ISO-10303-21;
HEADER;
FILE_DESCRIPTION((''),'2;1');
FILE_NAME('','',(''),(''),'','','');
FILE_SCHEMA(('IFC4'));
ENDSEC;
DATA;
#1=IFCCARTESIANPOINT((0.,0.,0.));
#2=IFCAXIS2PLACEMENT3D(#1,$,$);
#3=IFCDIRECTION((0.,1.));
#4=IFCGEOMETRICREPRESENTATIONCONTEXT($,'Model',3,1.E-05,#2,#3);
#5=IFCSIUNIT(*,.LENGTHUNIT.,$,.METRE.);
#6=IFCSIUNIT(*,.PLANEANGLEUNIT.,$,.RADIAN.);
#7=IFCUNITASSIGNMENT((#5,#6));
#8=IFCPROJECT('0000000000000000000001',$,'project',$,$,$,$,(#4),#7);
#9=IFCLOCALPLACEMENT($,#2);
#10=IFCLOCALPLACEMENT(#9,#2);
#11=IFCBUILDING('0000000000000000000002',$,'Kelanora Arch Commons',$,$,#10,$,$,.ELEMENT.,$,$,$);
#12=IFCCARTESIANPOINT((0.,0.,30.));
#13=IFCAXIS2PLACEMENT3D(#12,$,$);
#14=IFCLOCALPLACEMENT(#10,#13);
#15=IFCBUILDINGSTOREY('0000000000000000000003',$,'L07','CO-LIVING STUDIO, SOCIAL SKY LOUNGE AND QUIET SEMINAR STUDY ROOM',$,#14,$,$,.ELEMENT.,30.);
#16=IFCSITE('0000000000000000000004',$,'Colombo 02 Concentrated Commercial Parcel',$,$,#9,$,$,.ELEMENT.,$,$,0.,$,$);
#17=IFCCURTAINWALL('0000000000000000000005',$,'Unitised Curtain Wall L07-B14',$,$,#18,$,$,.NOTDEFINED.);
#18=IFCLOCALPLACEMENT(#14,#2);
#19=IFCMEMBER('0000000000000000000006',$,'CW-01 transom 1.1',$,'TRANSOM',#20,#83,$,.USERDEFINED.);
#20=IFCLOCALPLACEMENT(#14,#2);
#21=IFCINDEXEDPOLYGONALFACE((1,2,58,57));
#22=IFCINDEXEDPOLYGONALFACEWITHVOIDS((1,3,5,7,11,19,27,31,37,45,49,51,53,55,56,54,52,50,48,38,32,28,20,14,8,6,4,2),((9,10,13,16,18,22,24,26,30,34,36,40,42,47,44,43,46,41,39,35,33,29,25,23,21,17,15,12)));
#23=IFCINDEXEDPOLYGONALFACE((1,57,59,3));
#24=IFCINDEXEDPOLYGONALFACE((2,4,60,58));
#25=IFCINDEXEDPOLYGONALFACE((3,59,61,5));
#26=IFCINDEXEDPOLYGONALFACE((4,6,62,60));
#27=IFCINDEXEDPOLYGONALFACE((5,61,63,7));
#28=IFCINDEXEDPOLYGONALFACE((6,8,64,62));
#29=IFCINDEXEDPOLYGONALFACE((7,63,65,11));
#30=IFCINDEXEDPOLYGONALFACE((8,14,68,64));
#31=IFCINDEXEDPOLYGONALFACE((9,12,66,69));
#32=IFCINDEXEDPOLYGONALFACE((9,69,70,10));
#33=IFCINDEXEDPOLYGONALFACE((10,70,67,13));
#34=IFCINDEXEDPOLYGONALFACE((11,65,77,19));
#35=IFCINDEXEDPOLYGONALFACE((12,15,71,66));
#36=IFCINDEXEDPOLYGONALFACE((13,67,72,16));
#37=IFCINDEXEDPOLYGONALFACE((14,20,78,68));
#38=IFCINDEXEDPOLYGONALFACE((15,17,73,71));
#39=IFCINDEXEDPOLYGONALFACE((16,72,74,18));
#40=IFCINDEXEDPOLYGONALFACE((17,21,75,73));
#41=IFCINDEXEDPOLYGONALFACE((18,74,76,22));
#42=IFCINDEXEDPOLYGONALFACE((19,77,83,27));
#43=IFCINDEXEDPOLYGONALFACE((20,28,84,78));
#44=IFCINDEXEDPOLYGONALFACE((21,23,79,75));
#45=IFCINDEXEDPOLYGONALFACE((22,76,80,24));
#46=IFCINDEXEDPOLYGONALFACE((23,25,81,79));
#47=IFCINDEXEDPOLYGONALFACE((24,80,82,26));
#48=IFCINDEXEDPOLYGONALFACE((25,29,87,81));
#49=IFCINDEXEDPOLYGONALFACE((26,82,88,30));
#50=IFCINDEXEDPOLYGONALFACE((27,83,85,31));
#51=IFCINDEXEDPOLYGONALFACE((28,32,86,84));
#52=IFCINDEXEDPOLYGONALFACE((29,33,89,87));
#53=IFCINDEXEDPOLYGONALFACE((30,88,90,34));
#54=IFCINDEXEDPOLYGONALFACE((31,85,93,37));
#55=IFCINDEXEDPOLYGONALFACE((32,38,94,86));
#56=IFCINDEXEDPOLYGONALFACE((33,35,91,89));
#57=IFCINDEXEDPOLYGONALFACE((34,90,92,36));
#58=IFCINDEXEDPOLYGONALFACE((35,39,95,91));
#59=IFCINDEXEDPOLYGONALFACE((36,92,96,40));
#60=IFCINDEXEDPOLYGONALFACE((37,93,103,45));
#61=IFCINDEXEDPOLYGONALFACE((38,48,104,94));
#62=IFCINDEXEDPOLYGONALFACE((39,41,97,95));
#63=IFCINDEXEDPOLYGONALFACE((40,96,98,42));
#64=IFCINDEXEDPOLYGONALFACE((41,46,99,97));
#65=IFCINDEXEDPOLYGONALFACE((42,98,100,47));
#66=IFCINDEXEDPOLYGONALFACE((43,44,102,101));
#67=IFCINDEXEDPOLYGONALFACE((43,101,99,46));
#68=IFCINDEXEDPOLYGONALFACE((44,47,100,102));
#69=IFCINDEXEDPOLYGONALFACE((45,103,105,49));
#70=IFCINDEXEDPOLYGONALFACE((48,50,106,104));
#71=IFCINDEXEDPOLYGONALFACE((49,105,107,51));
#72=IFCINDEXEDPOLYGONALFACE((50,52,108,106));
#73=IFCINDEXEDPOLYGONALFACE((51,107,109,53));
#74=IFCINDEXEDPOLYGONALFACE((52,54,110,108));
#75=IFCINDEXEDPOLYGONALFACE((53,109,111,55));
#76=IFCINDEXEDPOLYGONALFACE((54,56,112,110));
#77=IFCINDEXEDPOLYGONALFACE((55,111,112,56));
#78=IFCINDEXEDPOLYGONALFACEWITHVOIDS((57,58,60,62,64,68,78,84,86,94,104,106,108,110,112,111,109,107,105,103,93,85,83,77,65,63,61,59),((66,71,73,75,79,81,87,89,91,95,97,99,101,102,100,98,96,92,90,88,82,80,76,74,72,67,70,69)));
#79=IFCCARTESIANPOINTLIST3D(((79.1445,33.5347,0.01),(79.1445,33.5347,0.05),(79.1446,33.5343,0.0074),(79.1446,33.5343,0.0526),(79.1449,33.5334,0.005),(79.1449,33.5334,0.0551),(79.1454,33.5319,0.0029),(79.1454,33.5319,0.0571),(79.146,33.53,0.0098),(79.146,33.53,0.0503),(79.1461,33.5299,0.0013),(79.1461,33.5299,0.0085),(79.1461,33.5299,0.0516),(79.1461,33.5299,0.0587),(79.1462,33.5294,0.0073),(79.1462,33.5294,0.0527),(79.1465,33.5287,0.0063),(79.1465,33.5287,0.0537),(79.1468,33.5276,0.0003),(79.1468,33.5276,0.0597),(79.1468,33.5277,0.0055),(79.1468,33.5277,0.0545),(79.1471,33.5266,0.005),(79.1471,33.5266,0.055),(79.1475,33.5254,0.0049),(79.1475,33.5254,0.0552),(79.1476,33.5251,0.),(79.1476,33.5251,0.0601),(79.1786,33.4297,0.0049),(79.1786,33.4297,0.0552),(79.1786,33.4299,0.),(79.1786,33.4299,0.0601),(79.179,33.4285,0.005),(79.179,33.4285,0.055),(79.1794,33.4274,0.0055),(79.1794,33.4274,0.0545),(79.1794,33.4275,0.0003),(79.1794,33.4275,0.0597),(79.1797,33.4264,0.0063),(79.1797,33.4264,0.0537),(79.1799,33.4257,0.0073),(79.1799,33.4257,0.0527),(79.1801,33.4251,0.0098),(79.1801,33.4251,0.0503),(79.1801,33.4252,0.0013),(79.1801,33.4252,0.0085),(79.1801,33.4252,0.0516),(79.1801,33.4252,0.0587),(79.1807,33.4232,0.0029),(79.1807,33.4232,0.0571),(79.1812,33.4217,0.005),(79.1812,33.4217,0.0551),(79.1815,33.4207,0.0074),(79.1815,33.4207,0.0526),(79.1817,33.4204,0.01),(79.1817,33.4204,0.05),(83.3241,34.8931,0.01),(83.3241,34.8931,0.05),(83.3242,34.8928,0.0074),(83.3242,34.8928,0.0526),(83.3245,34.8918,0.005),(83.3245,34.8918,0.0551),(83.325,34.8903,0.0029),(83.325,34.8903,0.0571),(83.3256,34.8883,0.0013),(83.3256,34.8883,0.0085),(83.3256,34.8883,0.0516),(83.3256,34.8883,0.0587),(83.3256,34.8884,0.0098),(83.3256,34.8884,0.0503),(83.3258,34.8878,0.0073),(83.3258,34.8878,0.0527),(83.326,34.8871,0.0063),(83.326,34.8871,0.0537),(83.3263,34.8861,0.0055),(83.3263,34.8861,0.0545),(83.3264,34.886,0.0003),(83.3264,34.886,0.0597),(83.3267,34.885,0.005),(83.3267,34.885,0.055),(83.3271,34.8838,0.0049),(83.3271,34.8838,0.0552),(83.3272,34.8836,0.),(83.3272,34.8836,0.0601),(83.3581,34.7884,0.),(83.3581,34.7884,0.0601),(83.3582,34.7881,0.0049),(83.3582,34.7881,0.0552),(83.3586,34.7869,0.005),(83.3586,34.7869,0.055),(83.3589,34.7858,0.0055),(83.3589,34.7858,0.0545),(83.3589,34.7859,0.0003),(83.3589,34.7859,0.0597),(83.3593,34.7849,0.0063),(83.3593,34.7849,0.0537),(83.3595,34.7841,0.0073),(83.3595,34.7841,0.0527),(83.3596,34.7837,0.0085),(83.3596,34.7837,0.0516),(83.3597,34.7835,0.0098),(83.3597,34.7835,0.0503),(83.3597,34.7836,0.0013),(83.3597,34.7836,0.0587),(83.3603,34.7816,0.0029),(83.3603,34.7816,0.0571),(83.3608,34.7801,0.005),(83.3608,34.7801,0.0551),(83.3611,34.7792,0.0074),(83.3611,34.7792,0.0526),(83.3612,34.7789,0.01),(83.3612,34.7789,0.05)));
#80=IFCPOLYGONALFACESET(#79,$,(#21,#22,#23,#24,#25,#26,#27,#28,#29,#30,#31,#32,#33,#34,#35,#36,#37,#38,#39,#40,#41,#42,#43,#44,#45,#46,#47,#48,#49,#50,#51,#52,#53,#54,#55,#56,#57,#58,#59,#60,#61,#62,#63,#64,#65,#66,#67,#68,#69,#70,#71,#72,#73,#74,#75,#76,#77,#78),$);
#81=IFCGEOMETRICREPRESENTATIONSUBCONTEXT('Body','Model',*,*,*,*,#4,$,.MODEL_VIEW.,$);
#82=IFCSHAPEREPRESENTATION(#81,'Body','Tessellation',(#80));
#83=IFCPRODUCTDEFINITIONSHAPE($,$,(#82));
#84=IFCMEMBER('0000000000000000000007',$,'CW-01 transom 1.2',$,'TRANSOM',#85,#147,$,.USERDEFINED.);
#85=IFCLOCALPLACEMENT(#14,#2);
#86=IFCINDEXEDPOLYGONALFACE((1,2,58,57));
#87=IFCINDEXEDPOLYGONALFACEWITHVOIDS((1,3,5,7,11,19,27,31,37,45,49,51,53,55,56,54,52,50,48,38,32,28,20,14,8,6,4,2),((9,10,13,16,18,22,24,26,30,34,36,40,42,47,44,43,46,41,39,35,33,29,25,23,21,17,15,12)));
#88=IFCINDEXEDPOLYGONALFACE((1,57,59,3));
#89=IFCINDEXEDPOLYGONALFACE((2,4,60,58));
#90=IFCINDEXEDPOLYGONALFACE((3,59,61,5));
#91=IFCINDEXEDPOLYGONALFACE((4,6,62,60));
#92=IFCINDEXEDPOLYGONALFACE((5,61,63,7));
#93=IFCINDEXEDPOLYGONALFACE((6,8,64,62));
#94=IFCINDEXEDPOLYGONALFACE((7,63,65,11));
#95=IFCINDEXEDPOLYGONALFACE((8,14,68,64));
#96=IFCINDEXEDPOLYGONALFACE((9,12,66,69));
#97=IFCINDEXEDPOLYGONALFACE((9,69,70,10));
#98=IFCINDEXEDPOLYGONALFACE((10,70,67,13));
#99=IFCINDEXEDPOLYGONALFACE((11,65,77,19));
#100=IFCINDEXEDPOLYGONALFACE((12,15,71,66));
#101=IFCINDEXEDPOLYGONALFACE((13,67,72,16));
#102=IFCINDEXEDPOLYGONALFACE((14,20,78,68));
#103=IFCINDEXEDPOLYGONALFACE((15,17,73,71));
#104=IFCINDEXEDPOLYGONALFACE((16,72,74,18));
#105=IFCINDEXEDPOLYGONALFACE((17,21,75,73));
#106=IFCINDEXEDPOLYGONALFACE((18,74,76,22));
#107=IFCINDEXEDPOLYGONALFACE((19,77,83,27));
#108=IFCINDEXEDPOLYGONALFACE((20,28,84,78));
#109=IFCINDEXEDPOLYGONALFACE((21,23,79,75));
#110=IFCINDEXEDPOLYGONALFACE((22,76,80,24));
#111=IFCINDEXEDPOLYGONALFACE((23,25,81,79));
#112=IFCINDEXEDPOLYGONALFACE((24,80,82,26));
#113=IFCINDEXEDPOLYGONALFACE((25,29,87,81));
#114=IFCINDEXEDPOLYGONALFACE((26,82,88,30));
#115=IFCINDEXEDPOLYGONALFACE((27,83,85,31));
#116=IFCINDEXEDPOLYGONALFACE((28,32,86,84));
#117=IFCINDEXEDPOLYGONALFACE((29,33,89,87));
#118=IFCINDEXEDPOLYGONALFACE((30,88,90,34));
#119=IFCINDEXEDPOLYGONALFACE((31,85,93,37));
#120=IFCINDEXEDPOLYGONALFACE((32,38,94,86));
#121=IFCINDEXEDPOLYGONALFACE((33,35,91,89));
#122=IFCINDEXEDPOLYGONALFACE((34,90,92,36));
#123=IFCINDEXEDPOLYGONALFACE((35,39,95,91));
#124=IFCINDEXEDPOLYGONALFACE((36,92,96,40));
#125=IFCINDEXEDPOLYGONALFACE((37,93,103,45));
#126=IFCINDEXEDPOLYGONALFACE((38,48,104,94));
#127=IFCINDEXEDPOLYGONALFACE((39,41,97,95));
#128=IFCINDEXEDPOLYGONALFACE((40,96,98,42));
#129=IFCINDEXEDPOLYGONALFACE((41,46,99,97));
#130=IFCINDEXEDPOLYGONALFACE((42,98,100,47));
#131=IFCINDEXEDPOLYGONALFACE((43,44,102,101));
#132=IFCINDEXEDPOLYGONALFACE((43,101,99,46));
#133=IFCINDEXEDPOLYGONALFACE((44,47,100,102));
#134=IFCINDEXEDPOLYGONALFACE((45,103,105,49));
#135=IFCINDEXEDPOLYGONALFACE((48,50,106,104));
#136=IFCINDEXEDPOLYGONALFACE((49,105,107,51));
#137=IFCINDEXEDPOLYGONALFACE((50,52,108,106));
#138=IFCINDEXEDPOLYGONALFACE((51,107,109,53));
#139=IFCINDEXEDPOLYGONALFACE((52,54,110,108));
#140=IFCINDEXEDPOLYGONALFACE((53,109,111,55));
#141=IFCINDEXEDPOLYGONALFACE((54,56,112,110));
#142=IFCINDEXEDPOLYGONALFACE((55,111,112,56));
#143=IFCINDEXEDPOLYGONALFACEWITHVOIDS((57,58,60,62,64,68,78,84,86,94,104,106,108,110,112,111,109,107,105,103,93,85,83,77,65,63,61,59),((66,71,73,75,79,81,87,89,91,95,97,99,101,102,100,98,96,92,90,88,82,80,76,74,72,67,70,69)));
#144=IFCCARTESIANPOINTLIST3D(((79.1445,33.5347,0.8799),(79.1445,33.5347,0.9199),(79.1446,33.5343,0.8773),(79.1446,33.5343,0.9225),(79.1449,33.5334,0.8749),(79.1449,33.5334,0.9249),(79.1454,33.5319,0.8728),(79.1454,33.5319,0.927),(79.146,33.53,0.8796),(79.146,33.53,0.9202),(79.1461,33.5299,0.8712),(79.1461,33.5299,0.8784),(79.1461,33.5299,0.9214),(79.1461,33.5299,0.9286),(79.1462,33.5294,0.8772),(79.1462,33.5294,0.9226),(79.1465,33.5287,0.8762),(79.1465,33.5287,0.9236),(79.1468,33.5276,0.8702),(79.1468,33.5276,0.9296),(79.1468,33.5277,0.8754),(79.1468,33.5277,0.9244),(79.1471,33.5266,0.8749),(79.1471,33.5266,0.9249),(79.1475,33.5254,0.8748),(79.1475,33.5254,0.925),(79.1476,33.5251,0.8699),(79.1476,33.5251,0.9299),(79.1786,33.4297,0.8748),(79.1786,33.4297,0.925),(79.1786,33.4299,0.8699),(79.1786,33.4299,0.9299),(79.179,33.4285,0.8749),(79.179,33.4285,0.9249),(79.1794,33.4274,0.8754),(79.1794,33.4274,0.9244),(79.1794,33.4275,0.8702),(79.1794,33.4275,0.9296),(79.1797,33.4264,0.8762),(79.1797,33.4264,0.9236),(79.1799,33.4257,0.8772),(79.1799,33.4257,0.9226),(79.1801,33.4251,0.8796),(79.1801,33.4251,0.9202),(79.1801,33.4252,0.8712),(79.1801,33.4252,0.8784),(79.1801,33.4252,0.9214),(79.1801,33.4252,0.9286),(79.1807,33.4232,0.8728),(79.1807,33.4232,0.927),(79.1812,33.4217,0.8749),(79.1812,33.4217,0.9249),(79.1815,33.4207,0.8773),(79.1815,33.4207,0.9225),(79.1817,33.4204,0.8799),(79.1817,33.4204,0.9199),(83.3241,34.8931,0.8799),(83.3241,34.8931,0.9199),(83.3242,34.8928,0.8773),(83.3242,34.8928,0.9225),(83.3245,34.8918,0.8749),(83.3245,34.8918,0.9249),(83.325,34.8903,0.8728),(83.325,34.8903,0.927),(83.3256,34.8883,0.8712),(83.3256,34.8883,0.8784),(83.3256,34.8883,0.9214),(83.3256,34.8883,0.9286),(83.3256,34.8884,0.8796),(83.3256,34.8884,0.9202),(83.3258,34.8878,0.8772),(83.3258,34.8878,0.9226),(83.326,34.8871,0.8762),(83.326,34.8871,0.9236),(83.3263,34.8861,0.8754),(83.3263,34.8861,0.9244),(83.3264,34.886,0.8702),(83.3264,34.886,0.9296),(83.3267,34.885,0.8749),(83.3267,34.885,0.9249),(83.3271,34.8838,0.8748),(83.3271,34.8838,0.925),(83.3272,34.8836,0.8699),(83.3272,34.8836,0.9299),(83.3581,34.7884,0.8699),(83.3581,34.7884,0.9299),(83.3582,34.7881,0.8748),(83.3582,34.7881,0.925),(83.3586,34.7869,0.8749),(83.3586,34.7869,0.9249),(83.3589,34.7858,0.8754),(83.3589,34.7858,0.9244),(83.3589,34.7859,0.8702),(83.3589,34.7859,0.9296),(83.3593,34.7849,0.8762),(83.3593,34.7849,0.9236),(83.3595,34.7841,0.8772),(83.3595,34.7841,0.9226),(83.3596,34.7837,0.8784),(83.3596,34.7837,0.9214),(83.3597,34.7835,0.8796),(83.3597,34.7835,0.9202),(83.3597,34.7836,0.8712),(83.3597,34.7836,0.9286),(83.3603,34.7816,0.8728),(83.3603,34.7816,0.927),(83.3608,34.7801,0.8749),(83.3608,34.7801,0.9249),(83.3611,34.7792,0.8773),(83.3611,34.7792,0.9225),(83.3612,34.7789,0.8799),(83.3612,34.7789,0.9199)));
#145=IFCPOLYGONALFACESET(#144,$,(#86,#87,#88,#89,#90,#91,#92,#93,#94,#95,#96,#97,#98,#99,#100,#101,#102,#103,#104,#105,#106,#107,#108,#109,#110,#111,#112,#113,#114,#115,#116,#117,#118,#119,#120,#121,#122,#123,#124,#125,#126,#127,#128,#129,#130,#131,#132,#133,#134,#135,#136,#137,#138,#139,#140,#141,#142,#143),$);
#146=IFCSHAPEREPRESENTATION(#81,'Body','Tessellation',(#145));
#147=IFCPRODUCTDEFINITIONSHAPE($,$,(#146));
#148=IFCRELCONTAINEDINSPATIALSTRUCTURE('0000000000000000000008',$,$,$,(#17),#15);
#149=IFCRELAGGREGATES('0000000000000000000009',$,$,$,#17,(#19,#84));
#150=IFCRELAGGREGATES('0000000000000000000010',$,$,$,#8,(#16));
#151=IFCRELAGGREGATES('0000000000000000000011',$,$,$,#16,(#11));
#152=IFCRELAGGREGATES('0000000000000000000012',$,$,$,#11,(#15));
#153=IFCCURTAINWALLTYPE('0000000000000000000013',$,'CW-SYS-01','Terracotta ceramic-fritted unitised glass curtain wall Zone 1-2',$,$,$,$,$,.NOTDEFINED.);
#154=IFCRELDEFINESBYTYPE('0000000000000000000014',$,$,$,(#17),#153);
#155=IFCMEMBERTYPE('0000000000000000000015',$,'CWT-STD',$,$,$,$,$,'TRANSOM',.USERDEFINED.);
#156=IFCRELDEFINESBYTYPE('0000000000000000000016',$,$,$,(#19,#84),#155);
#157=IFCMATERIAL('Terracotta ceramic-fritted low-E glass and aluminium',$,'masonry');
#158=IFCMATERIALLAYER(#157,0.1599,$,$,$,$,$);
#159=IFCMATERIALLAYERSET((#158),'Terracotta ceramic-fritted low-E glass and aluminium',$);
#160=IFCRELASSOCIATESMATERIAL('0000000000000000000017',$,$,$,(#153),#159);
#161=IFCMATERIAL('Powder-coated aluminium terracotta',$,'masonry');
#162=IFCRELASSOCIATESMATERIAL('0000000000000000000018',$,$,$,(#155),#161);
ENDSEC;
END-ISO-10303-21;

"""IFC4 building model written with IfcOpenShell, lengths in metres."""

from ifc_helpers import new_model, si_unit, direction, frame, origin, origin_2d, place, context, subcontext, project, spatial, hollow_rectangle, extrude, material, layer, layer_set, material_profile, profile_set, type_object, element, aggregate, save


model = new_model("IFC4")

# Units and contexts
model_context = context("Model", 3, precision=1e-05, world=origin(), true_north=direction((0.0, 1.0)))
body_context = subcontext(model_context, "Body", "Model", "MODEL_VIEW")
ifc_project = project(units=[si_unit("LENGTHUNIT", "METRE"), si_unit("PLANEANGLEUNIT", "RADIAN")], contexts=[model_context])

# Site, building, storey
site_placement = place(None, origin())
site = spatial("IfcSite", under=ifc_project, at=site_placement, Name="Colombo 02 Concentrated Commercial Parcel", CompositionType="ELEMENT", RefElevation=0.0)
building_placement = place(site_placement, origin())
building = spatial("IfcBuilding", under=site, at=building_placement, Name="Kelanora Arch Commons", CompositionType="ELEMENT")
storey_placement = place(building_placement, frame((0.0, 0.0, 30.0)))
storey = spatial("IfcBuildingStorey", under=building, at=storey_placement, Name="L07", Description="CO-LIVING STUDIO, SOCIAL SKY LOUNGE AND QUIET SEMINAR STUDY ROOM", CompositionType="ELEMENT", Elevation=30.0)

# Curtain wall, members
ifc_material_1 = material(Name="Terracotta ceramic-fritted low-E glass and aluminium", Category="masonry")
ifc_layer_1 = layer(ifc_material_1, 0.1599)
ifc_layer_set_1 = layer_set([ifc_layer_1], Name="Terracotta ceramic-fritted low-E glass and aluminium")
curtain_wall_type = type_object("IfcCurtainWallType", Name="CW-SYS-01", Description="Terracotta ceramic-fritted unitised glass curtain wall Zone 1-2", PredefinedType="NOTDEFINED", material=ifc_layer_set_1)
curtain_wall_placement = place(storey_placement, origin())
curtain_wall = element("IfcCurtainWall", 1, at=curtain_wall_placement, inside=storey, type_object=curtain_wall_type, Name="Unitised Curtain Wall L07-B14", PredefinedType="NOTDEFINED")
ifc_material_2 = material(Name="Powder-coated aluminium terracotta", Category="masonry")
ifc_material_profile_1 = material_profile(ifc_material_2, hollow_rectangle(XDim=0.1201, YDim=0.0601, WallThickness=0.0049, InnerFilletRadius=0.0049, OuterFilletRadius=0.01, at=origin_2d()), Name="CWT120x60")
ifc_profile_set_1 = profile_set([ifc_material_profile_1], Name="Powder-coated aluminium terracotta")
member_type_1 = type_object("IfcMemberType", Name="CWT-STD", ElementType="TRANSOM", PredefinedType="USERDEFINED", material=ifc_profile_set_1)
member_1_placement = place(storey_placement, frame((79.1631, 33.4775, 0.03), z_axis=(0.951029, 0.309102, 0.0), x_axis=(-0.309102, 0.951029, 0.0)))
member_1 = element("IfcMember", 2, at=member_1_placement, type_object=member_type_1, Name="CW-01 transom 1.1", ObjectType="TRANSOM", PredefinedType="USERDEFINED", context=body_context, shape_type="SweptSolid", body=[
    extrude(hollow_rectangle(XDim=0.1201, YDim=0.0601, WallThickness=0.0049, InnerFilletRadius=0.0049, OuterFilletRadius=0.01, at=origin_2d()), origin(), (0.0, 0.0, 1.0), 4.3948),
])
member_2_placement = place(storey_placement, frame((79.1631, 33.4775, 0.8999), z_axis=(0.951029, 0.309102, 0.0), x_axis=(-0.309102, 0.951029, 0.0)))
member_2 = element("IfcMember", 3, at=member_2_placement, type_object=member_type_1, Name="CW-01 transom 1.2", ObjectType="TRANSOM", PredefinedType="USERDEFINED", context=body_context, shape_type="SweptSolid", body=[
    extrude(hollow_rectangle(XDim=0.1201, YDim=0.0601, WallThickness=0.0049, InnerFilletRadius=0.0049, OuterFilletRadius=0.01, at=origin_2d()), origin(), (0.0, 0.0, 1.0), 4.3948),
])
aggregate(curtain_wall, [member_1, member_2])

save(model, "model.ifc")
